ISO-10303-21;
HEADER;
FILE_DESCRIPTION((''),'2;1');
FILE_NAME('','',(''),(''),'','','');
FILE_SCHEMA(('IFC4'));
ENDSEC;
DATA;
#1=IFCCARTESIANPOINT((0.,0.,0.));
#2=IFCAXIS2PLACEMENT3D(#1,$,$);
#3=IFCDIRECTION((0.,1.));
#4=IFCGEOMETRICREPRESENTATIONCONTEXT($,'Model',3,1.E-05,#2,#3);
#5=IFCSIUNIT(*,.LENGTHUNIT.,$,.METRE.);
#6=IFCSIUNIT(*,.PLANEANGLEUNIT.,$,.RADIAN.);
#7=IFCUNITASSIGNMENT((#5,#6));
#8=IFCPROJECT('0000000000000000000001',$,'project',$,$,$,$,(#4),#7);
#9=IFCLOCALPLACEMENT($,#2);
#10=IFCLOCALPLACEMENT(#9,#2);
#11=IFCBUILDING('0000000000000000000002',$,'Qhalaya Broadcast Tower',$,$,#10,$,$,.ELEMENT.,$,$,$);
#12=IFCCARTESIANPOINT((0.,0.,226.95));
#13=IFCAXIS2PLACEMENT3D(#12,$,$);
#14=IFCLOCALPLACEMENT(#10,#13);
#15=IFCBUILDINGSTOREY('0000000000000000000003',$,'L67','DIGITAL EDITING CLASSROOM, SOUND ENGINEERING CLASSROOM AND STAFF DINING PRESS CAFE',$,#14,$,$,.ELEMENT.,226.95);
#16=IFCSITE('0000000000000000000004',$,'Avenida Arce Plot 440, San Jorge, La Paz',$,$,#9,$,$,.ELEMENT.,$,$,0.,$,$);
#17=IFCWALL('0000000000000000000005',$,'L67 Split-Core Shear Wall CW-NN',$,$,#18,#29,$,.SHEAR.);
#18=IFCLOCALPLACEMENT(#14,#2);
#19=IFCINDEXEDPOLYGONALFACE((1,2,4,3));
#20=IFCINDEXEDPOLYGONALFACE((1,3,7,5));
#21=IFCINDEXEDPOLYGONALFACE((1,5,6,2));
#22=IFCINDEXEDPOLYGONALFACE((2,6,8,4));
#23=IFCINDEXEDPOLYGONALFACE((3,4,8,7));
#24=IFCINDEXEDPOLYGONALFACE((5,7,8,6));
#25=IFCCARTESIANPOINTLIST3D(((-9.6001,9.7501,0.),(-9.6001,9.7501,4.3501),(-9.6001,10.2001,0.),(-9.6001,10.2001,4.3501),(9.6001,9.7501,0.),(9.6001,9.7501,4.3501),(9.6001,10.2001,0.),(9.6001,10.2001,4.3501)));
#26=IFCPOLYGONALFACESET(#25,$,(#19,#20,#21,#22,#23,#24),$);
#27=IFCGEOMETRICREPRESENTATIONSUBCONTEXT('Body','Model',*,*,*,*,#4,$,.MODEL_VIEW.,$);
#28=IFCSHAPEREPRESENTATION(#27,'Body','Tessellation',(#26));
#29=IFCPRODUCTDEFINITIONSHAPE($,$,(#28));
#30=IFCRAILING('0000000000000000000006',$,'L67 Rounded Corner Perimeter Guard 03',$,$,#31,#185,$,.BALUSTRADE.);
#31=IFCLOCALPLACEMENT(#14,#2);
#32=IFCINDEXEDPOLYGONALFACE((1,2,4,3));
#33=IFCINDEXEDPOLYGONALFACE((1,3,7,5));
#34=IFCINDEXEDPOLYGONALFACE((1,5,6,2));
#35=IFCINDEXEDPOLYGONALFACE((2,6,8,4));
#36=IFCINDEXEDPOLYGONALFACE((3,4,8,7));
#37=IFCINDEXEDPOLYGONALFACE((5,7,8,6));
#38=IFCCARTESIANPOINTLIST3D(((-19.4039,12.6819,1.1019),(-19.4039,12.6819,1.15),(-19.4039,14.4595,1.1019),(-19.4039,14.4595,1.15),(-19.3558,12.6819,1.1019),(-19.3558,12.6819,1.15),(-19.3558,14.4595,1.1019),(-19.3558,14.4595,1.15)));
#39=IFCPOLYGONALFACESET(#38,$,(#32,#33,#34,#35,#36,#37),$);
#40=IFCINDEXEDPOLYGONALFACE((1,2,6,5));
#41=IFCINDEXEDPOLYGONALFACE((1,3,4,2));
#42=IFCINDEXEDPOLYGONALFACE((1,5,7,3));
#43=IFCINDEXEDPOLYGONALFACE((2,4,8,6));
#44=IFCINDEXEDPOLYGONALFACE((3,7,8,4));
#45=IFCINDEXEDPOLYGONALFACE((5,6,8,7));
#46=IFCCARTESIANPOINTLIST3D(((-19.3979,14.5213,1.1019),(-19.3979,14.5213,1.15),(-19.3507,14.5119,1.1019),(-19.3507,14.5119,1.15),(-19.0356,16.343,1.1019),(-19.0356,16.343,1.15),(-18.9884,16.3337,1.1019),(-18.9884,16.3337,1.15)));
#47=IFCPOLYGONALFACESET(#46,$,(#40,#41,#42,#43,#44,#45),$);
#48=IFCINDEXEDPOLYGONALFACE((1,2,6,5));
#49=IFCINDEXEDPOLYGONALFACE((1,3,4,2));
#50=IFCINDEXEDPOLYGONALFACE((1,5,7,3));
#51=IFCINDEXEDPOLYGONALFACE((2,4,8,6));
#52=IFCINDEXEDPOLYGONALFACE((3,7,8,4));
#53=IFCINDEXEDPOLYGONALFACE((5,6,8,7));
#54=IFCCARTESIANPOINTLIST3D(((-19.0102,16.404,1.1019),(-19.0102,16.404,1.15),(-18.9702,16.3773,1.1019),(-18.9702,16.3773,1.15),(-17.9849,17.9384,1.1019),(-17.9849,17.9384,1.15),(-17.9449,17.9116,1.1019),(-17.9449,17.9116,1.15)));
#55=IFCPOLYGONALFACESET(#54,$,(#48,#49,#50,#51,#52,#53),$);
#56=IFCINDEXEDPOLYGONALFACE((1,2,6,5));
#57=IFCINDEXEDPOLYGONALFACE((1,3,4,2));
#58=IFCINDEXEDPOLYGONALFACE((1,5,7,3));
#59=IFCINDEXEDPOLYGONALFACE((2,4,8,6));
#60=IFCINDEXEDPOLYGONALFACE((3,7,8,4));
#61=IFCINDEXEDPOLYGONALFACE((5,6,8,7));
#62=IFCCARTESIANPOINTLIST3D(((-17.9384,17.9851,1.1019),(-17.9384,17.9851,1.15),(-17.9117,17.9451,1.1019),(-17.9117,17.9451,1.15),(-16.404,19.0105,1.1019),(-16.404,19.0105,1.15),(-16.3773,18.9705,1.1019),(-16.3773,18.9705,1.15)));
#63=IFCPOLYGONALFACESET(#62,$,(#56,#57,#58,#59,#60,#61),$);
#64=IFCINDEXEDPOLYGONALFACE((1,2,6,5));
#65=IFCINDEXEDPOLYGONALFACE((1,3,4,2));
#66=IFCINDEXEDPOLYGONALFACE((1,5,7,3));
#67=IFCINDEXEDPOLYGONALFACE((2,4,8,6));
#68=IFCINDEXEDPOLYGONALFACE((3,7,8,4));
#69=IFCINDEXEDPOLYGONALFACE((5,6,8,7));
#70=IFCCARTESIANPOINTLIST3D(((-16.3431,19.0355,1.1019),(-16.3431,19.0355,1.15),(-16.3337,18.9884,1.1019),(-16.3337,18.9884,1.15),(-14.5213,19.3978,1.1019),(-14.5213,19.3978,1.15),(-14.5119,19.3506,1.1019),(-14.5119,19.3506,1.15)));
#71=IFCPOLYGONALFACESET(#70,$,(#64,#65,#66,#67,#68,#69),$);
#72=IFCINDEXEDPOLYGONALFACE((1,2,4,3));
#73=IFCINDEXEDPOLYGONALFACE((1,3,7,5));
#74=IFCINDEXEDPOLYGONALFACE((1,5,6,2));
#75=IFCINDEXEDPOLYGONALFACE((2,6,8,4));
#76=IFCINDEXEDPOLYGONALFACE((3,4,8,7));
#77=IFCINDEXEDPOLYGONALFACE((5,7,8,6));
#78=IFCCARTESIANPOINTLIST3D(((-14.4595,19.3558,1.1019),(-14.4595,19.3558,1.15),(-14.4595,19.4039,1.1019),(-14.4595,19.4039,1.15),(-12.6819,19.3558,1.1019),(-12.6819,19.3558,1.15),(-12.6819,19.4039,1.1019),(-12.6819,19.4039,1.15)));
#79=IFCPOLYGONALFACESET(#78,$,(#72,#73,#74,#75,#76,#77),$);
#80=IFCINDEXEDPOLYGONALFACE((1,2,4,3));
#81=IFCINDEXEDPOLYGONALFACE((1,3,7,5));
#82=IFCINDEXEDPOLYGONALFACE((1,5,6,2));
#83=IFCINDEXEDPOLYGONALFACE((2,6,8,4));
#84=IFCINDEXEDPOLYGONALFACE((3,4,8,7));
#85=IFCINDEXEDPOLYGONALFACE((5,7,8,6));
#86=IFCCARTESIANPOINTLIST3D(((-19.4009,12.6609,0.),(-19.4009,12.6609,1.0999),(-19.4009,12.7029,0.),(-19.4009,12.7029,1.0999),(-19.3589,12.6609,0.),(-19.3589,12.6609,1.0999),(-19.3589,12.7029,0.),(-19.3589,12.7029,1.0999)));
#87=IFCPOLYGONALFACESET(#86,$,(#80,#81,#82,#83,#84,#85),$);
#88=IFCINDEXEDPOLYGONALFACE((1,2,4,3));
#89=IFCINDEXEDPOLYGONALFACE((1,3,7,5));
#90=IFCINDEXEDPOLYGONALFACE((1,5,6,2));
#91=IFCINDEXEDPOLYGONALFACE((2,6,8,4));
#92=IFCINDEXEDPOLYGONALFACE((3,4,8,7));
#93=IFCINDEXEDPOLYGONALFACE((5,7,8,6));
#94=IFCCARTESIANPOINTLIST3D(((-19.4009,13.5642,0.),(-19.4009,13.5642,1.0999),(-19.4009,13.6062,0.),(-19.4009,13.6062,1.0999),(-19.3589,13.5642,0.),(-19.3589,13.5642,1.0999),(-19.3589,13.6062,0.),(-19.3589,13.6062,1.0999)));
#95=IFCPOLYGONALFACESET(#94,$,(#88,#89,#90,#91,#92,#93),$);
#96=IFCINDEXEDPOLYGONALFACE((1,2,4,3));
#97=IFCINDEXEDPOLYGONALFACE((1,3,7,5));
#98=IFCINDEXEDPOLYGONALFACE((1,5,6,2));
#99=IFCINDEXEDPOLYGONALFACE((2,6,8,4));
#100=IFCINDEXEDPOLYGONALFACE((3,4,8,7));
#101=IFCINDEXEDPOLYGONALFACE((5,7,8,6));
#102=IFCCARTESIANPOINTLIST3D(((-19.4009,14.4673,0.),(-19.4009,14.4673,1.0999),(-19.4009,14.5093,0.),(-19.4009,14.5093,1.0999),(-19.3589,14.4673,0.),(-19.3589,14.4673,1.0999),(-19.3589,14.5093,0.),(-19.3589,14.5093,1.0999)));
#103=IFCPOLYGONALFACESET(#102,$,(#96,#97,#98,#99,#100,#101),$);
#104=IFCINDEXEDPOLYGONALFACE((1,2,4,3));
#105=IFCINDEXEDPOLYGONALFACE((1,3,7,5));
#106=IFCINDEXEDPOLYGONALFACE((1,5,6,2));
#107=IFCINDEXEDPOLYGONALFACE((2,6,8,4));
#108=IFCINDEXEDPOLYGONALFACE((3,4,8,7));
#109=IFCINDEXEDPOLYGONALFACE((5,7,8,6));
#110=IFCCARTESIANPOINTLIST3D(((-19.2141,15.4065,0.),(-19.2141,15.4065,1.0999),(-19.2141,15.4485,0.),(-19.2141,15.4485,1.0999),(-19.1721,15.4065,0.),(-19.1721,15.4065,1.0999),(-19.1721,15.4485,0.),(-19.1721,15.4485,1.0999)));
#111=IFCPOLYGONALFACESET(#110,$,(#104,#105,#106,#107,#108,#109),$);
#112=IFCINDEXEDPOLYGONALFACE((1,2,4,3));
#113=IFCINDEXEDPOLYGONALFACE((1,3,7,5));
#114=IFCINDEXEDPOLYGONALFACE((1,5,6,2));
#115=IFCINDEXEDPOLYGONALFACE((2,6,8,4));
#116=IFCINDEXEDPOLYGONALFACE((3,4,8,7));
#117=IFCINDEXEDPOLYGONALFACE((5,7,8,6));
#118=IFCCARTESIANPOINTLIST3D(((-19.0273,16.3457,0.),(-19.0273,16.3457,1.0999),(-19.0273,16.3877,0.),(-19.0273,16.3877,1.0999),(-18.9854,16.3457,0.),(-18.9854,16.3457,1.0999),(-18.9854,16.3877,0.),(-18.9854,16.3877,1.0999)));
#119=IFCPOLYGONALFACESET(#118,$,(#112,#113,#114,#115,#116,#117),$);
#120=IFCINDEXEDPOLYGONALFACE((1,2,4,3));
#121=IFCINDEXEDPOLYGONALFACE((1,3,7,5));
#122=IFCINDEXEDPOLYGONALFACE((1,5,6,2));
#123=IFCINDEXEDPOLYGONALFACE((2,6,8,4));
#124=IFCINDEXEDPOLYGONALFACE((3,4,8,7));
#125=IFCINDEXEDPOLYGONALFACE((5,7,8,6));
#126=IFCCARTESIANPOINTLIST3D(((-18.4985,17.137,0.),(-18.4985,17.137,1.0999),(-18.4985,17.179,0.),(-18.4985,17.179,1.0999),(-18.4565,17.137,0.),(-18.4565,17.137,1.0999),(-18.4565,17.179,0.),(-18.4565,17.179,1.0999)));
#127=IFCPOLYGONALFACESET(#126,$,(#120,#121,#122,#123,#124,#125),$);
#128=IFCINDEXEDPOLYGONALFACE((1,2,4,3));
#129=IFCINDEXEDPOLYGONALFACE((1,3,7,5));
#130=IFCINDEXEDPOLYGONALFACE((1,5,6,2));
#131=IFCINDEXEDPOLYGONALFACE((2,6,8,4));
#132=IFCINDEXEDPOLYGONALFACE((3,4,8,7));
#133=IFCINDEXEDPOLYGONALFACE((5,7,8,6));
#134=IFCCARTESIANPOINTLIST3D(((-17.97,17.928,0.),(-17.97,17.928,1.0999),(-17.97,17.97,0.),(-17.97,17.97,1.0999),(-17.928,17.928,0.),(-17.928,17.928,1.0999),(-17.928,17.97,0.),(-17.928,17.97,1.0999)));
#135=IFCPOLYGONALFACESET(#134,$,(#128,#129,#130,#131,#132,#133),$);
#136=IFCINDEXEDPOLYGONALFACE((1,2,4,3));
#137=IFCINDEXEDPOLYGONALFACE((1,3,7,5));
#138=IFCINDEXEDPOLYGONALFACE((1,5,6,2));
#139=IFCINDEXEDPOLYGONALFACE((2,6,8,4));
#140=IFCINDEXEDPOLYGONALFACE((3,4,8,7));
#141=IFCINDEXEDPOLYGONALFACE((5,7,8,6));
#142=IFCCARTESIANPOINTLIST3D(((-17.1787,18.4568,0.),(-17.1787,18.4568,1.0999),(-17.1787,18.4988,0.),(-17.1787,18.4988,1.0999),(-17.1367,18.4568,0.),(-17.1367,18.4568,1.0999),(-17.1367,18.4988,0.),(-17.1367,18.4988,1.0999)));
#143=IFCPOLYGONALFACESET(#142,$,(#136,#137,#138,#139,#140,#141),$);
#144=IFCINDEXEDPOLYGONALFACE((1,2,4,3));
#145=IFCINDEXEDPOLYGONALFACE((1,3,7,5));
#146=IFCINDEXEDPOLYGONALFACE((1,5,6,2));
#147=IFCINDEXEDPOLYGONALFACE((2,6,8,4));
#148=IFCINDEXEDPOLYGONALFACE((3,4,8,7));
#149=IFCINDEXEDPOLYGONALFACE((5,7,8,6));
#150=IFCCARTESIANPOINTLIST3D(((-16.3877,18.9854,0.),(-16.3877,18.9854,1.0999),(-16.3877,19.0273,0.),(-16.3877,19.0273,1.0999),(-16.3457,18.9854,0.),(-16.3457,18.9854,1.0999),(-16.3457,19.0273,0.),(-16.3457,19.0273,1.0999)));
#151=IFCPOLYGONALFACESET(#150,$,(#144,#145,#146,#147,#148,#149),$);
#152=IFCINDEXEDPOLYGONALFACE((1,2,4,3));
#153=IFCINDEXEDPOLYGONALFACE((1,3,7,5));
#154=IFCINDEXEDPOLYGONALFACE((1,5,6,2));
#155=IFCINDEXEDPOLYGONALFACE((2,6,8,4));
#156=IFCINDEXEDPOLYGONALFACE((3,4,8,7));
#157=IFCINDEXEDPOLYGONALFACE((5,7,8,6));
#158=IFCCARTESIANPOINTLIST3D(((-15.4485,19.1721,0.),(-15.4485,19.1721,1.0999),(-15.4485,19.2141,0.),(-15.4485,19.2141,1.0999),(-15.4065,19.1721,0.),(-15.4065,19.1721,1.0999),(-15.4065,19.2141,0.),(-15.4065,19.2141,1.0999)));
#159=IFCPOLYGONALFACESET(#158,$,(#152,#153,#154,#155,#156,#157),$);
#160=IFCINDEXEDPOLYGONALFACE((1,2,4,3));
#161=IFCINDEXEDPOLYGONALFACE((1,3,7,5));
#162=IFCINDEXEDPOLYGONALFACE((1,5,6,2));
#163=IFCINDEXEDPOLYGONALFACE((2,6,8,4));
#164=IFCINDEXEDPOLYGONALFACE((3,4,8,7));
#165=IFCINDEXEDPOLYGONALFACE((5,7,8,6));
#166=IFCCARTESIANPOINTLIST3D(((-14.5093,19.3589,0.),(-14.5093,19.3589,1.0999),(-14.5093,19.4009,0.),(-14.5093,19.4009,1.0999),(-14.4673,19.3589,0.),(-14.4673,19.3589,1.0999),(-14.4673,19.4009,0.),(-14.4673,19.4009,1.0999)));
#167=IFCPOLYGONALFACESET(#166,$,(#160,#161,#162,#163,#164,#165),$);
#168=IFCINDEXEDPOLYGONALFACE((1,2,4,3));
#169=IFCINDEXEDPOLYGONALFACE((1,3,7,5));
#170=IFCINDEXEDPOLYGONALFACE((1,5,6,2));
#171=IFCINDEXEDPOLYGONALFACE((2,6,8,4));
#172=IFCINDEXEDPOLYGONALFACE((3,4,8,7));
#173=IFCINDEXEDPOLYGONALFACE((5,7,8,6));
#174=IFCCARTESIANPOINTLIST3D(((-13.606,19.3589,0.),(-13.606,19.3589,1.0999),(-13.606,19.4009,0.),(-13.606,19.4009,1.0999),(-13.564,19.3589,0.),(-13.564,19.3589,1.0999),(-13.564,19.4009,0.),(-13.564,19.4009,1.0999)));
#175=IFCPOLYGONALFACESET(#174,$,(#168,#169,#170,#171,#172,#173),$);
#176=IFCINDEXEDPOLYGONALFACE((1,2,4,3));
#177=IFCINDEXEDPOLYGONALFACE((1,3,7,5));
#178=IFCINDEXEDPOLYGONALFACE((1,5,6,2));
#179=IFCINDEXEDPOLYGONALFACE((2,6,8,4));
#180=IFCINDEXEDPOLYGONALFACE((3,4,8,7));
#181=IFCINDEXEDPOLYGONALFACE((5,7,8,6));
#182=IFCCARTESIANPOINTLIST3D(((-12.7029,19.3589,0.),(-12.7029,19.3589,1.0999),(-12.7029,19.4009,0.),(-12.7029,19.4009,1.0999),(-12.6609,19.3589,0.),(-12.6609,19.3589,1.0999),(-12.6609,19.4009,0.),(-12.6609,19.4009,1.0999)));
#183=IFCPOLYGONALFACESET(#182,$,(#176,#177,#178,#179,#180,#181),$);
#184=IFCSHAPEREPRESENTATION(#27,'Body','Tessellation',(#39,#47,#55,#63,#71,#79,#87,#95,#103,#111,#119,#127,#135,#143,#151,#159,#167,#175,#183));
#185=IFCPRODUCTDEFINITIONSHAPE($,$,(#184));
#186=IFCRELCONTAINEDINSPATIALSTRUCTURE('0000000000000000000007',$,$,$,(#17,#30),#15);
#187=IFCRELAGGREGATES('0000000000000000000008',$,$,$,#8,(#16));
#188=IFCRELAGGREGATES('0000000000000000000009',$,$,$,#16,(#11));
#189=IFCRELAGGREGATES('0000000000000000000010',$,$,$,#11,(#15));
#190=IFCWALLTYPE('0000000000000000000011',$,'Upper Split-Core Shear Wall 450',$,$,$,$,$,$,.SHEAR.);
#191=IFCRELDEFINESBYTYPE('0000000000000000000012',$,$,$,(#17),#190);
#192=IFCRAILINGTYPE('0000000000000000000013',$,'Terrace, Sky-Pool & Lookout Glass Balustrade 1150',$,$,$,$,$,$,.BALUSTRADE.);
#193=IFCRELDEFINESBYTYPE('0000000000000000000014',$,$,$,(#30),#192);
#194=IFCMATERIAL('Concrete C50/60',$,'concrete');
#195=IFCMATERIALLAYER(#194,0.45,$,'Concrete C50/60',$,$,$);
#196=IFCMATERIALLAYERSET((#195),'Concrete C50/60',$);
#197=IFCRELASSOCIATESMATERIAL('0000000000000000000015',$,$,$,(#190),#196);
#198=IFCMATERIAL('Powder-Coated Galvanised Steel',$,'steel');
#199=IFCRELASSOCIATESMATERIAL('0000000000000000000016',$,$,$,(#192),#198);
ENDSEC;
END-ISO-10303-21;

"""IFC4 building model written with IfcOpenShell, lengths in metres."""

from ifc_helpers import new_model, si_unit, direction, frame, frame_2d, origin, origin_2d, place, context, subcontext, project, spatial, rectangle, extrude, material, layer, layer_set, type_object, element, save


model = new_model("IFC4")

# Units and contexts
model_context = context("Model", 3, precision=1e-05, world=origin(), true_north=direction((0.0, 1.0)))
body_context = subcontext(model_context, "Body", "Model", "MODEL_VIEW")
ifc_project = project(units=[si_unit("LENGTHUNIT", "METRE"), si_unit("PLANEANGLEUNIT", "RADIAN")], contexts=[model_context])

# Site, building, storey
site_placement = place(None, origin())
site = spatial("IfcSite", under=ifc_project, at=site_placement, Name="Avenida Arce Plot 440, San Jorge, La Paz", CompositionType="ELEMENT", RefElevation=0.0)
building_placement = place(site_placement, origin())
building = spatial("IfcBuilding", under=site, at=building_placement, Name="Qhalaya Broadcast Tower", CompositionType="ELEMENT")
storey_placement = place(building_placement, frame((0.0, 0.0, 226.95)))
storey = spatial("IfcBuildingStorey", under=building, at=storey_placement, Name="L67", Description="DIGITAL EDITING CLASSROOM, SOUND ENGINEERING CLASSROOM AND STAFF DINING PRESS CAFE", CompositionType="ELEMENT", Elevation=226.95)

# Wall
ifc_material_1 = material(Name="Concrete C50/60", Category="concrete")
ifc_layer_1 = layer(ifc_material_1, 0.45, Name="Concrete C50/60")
ifc_layer_set_1 = layer_set([ifc_layer_1], Name="Concrete C50/60")
wall_type_1 = type_object("IfcWallType", Name="Upper Split-Core Shear Wall 450", PredefinedType="SHEAR", material=ifc_layer_set_1)
wall_1_placement = place(storey_placement, frame((-9.6001, 9.9751, 0.0), z_axis=(0.0, 0.0, 1.0), x_axis=(1.0, 0.0, 0.0)))
element("IfcWall", 1, at=wall_1_placement, inside=storey, type_object=wall_type_1, Name="L67 Split-Core Shear Wall CW-NN", PredefinedType="SHEAR", context=body_context, shape_type="SweptSolid", body=[
    extrude(rectangle(XDim=19.2002, YDim=0.45, at=frame_2d((9.6001, 0.0))), origin(), (0.0, 0.0, 1.0), 4.3501),
])

# Railing
ifc_material_2 = material(Name="Powder-Coated Galvanised Steel", Category="steel")
railing_type = type_object("IfcRailingType", Name="Terrace, Sky-Pool & Lookout Glass Balustrade 1150", PredefinedType="BALUSTRADE", material=ifc_material_2)
railing_placement = place(storey_placement, frame((-19.3799, 12.6819, 0.0)))
element("IfcRailing", 2, at=railing_placement, inside=storey, type_object=railing_type, Name="L67 Rounded Corner Perimeter Guard 03", PredefinedType="BALUSTRADE", context=body_context, shape_type="SweptSolid", body=[
    extrude(rectangle(XDim=0.0481, YDim=0.0481, at=origin_2d()), frame((0.0, 0.0, 1.126), z_axis=(0.0, 1.0, 0.0), x_axis=(-1.0, 0.0, 0.0)), (0.0, 0.0, 1.0), 1.7776),
    extrude(rectangle(XDim=0.0481, YDim=0.0481, at=origin_2d()), frame((0.0056, 1.8347, 1.126), z_axis=(0.195037, 0.980796, 0.0), x_axis=(-0.980796, 0.195037, 0.0)), (0.0, 0.0, 1.0), 1.8574),
    extrude(rectangle(XDim=0.0481, YDim=0.0481, at=origin_2d()), frame((0.3896, 3.7087, 1.126), z_axis=(0.555618, 0.831438, 0.0), x_axis=(-0.831438, 0.555618, 0.0)), (0.0, 0.0, 1.0), 1.8455),
    extrude(rectangle(XDim=0.0481, YDim=0.0481, at=origin_2d()), frame((1.4548, 5.2832, 1.126), z_axis=(0.831438, 0.555618, 0.0), x_axis=(-0.555618, 0.831438, 0.0)), (0.0, 0.0, 1.0), 1.8455),
    extrude(rectangle(XDim=0.0481, YDim=0.0481, at=origin_2d()), frame((3.0415, 6.3301, 1.126), z_axis=(0.980796, 0.195037, 0.0), x_axis=(-0.195037, 0.980796, 0.0)), (0.0, 0.0, 1.0), 1.8574),
    extrude(rectangle(XDim=0.0481, YDim=0.0481, at=origin_2d()), frame((4.9204, 6.698, 1.126), z_axis=(1.0, 0.0, 0.0), x_axis=(0.0, 1.0, 0.0)), (0.0, 0.0, 1.0), 1.7776),
    extrude(rectangle(XDim=0.042, YDim=0.042, at=origin_2d()), origin(), (0.0, 0.0, 1.0), 1.0999),
    extrude(rectangle(XDim=0.042, YDim=0.042, at=origin_2d()), frame((0.0, 0.9033, 0.0)), (0.0, 0.0, 1.0), 1.0999),
    extrude(rectangle(XDim=0.042, YDim=0.042, at=origin_2d()), frame((0.0, 1.8064, 0.0)), (0.0, 0.0, 1.0), 1.0999),
    extrude(rectangle(XDim=0.042, YDim=0.042, at=origin_2d()), frame((0.1868, 2.7456, 0.0)), (0.0, 0.0, 1.0), 1.0999),
    extrude(rectangle(XDim=0.042, YDim=0.042, at=origin_2d()), frame((0.3735, 3.6848, 0.0)), (0.0, 0.0, 1.0), 1.0999),
    extrude(rectangle(XDim=0.042, YDim=0.042, at=origin_2d()), frame((0.9023, 4.4761, 0.0)), (0.0, 0.0, 1.0), 1.0999),
    extrude(rectangle(XDim=0.042, YDim=0.042, at=origin_2d()), frame((1.4309, 5.2671, 0.0)), (0.0, 0.0, 1.0), 1.0999),
    extrude(rectangle(XDim=0.042, YDim=0.042, at=origin_2d()), frame((2.2222, 5.7959, 0.0)), (0.0, 0.0, 1.0), 1.0999),
    extrude(rectangle(XDim=0.042, YDim=0.042, at=origin_2d()), frame((3.0132, 6.3245, 0.0)), (0.0, 0.0, 1.0), 1.0999),
    extrude(rectangle(XDim=0.042, YDim=0.042, at=origin_2d()), frame((3.9524, 6.5112, 0.0)), (0.0, 0.0, 1.0), 1.0999),
    extrude(rectangle(XDim=0.042, YDim=0.042, at=origin_2d()), frame((4.8916, 6.698, 0.0)), (0.0, 0.0, 1.0), 1.0999),
    extrude(rectangle(XDim=0.042, YDim=0.042, at=origin_2d()), frame((5.7949, 6.698, 0.0)), (0.0, 0.0, 1.0), 1.0999),
    extrude(rectangle(XDim=0.042, YDim=0.042, at=origin_2d()), frame((6.698, 6.698, 0.0)), (0.0, 0.0, 1.0), 1.0999),
])

save(model, "model.ifc")
